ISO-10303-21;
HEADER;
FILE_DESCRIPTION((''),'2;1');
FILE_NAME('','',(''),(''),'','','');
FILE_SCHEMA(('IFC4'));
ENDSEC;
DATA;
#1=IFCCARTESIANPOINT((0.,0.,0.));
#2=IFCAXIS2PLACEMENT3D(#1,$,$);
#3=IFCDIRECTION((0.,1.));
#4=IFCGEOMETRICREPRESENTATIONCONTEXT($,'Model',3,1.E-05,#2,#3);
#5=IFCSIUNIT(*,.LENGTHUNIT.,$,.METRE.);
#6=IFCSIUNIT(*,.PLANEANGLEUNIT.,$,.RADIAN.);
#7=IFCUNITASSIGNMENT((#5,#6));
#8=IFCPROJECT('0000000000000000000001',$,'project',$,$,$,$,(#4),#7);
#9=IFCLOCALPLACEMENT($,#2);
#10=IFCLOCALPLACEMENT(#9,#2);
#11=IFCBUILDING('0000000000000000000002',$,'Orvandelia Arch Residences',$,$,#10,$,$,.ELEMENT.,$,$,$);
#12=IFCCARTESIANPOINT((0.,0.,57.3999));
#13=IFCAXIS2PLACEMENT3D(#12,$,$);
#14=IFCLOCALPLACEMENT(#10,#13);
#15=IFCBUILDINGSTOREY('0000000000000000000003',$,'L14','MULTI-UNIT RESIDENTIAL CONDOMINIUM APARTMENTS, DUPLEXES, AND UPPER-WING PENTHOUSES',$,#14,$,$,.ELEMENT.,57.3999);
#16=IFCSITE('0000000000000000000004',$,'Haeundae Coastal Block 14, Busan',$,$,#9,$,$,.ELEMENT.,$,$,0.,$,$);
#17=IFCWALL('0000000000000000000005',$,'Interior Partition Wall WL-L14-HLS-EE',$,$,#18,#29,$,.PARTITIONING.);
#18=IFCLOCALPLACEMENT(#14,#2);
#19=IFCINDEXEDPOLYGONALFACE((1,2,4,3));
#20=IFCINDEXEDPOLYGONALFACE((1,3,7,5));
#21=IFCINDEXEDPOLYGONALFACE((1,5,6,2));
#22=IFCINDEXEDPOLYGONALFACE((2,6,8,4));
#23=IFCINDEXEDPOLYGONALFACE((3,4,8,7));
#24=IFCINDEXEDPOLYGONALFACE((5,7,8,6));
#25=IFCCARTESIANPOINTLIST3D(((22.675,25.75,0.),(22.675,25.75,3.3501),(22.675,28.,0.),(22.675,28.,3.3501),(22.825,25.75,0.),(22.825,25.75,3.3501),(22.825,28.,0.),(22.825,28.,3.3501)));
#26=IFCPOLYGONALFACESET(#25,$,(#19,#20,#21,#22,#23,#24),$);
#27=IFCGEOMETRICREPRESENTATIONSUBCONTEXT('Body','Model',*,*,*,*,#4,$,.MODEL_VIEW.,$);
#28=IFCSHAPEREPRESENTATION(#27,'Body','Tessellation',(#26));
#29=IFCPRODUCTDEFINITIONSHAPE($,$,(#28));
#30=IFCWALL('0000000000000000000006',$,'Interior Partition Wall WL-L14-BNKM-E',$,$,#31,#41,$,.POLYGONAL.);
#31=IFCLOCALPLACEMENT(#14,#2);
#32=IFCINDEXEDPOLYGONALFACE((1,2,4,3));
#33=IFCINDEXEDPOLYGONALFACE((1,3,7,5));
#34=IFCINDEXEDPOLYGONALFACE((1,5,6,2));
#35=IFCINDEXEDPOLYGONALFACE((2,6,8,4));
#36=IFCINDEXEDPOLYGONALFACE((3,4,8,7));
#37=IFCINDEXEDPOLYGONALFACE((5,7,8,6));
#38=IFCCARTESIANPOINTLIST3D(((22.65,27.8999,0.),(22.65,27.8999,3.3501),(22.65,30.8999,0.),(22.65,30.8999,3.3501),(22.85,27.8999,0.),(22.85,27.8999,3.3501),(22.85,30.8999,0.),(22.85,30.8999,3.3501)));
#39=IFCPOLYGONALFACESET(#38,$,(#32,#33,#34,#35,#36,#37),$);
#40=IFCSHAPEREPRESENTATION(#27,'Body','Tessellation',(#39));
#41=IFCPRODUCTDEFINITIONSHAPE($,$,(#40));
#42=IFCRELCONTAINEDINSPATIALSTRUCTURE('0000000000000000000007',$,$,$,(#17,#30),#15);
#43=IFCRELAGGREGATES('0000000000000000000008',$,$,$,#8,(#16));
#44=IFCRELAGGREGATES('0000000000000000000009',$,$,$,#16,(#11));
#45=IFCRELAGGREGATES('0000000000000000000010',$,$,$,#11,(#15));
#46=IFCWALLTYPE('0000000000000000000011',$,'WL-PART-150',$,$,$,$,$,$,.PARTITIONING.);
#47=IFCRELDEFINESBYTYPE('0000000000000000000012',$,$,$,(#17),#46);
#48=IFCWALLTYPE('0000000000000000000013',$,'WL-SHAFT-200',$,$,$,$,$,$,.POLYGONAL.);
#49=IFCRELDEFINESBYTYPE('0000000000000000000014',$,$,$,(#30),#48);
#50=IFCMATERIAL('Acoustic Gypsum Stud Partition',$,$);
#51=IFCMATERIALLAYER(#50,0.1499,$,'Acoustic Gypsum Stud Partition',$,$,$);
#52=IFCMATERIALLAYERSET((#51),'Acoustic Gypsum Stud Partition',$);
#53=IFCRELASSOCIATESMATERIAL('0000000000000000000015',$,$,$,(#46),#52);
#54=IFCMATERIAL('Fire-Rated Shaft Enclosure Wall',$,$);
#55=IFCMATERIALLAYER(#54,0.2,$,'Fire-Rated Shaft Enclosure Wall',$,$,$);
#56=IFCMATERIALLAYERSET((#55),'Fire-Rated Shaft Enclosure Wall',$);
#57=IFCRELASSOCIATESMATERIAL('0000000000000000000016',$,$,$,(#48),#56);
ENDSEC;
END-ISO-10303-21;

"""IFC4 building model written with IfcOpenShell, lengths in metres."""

from ifc_helpers import new_model, si_unit, direction, frame, frame_2d, origin, place, context, subcontext, project, spatial, rectangle, extrude, material, layer, layer_set, type_object, element, save


model = new_model("IFC4")

# Units and contexts
model_context = context("Model", 3, precision=1e-05, world=origin(), true_north=direction((0.0, 1.0)))
body_context = subcontext(model_context, "Body", "Model", "MODEL_VIEW")
ifc_project = project(units=[si_unit("LENGTHUNIT", "METRE"), si_unit("PLANEANGLEUNIT", "RADIAN")], contexts=[model_context])

# Site, building, storey
site_placement = place(None, origin())
site = spatial("IfcSite", under=ifc_project, at=site_placement, Name="Haeundae Coastal Block 14, Busan", CompositionType="ELEMENT", RefElevation=0.0)
building_placement = place(site_placement, origin())
building = spatial("IfcBuilding", under=site, at=building_placement, Name="Orvandelia Arch Residences", CompositionType="ELEMENT")
storey_placement = place(building_placement, frame((0.0, 0.0, 57.3999)))
storey = spatial("IfcBuildingStorey", under=building, at=storey_placement, Name="L14", Description="MULTI-UNIT RESIDENTIAL CONDOMINIUM APARTMENTS, DUPLEXES, AND UPPER-WING PENTHOUSES", CompositionType="ELEMENT", Elevation=57.3999)

# Walls
ifc_material_1 = material(Name="Acoustic Gypsum Stud Partition")
ifc_layer_1 = layer(ifc_material_1, 0.1499, Name="Acoustic Gypsum Stud Partition")
ifc_layer_set_1 = layer_set([ifc_layer_1], Name="Acoustic Gypsum Stud Partition")
wall_type_1 = type_object("IfcWallType", Name="WL-PART-150", PredefinedType="PARTITIONING", material=ifc_layer_set_1)
wall_1_placement = place(storey_placement, frame((22.75, 25.75, 0.0), z_axis=(0.0, 0.0, 1.0), x_axis=(0.0, 1.0, 0.0)))
element("IfcWall", 1, at=wall_1_placement, inside=storey, type_object=wall_type_1, Name="Interior Partition Wall WL-L14-HLS-EE", PredefinedType="PARTITIONING", context=body_context, shape_type="SweptSolid", body=[
    extrude(rectangle(XDim=2.25, YDim=0.1499, at=frame_2d((1.125, 0.0))), origin(), (0.0, 0.0, 1.0), 3.3501),
])
ifc_material_2 = material(Name="Fire-Rated Shaft Enclosure Wall")
ifc_layer_2 = layer(ifc_material_2, 0.2, Name="Fire-Rated Shaft Enclosure Wall")
ifc_layer_set_2 = layer_set([ifc_layer_2], Name="Fire-Rated Shaft Enclosure Wall")
wall_type_2 = type_object("IfcWallType", Name="WL-SHAFT-200", PredefinedType="POLYGONAL", material=ifc_layer_set_2)
wall_2_placement = place(storey_placement, frame((22.75, 27.8999, 0.0), z_axis=(0.0, 0.0, 1.0), x_axis=(0.0, 1.0, 0.0)))
element("IfcWall", 2, at=wall_2_placement, inside=storey, type_object=wall_type_2, Name="Interior Partition Wall WL-L14-BNKM-E", PredefinedType="POLYGONAL", context=body_context, shape_type="SweptSolid", body=[
    extrude(rectangle(XDim=3.0, YDim=0.2, at=frame_2d((1.5, 0.0))), origin(), (0.0, 0.0, 1.0), 3.3501),
])

save(model, "model.ifc")
